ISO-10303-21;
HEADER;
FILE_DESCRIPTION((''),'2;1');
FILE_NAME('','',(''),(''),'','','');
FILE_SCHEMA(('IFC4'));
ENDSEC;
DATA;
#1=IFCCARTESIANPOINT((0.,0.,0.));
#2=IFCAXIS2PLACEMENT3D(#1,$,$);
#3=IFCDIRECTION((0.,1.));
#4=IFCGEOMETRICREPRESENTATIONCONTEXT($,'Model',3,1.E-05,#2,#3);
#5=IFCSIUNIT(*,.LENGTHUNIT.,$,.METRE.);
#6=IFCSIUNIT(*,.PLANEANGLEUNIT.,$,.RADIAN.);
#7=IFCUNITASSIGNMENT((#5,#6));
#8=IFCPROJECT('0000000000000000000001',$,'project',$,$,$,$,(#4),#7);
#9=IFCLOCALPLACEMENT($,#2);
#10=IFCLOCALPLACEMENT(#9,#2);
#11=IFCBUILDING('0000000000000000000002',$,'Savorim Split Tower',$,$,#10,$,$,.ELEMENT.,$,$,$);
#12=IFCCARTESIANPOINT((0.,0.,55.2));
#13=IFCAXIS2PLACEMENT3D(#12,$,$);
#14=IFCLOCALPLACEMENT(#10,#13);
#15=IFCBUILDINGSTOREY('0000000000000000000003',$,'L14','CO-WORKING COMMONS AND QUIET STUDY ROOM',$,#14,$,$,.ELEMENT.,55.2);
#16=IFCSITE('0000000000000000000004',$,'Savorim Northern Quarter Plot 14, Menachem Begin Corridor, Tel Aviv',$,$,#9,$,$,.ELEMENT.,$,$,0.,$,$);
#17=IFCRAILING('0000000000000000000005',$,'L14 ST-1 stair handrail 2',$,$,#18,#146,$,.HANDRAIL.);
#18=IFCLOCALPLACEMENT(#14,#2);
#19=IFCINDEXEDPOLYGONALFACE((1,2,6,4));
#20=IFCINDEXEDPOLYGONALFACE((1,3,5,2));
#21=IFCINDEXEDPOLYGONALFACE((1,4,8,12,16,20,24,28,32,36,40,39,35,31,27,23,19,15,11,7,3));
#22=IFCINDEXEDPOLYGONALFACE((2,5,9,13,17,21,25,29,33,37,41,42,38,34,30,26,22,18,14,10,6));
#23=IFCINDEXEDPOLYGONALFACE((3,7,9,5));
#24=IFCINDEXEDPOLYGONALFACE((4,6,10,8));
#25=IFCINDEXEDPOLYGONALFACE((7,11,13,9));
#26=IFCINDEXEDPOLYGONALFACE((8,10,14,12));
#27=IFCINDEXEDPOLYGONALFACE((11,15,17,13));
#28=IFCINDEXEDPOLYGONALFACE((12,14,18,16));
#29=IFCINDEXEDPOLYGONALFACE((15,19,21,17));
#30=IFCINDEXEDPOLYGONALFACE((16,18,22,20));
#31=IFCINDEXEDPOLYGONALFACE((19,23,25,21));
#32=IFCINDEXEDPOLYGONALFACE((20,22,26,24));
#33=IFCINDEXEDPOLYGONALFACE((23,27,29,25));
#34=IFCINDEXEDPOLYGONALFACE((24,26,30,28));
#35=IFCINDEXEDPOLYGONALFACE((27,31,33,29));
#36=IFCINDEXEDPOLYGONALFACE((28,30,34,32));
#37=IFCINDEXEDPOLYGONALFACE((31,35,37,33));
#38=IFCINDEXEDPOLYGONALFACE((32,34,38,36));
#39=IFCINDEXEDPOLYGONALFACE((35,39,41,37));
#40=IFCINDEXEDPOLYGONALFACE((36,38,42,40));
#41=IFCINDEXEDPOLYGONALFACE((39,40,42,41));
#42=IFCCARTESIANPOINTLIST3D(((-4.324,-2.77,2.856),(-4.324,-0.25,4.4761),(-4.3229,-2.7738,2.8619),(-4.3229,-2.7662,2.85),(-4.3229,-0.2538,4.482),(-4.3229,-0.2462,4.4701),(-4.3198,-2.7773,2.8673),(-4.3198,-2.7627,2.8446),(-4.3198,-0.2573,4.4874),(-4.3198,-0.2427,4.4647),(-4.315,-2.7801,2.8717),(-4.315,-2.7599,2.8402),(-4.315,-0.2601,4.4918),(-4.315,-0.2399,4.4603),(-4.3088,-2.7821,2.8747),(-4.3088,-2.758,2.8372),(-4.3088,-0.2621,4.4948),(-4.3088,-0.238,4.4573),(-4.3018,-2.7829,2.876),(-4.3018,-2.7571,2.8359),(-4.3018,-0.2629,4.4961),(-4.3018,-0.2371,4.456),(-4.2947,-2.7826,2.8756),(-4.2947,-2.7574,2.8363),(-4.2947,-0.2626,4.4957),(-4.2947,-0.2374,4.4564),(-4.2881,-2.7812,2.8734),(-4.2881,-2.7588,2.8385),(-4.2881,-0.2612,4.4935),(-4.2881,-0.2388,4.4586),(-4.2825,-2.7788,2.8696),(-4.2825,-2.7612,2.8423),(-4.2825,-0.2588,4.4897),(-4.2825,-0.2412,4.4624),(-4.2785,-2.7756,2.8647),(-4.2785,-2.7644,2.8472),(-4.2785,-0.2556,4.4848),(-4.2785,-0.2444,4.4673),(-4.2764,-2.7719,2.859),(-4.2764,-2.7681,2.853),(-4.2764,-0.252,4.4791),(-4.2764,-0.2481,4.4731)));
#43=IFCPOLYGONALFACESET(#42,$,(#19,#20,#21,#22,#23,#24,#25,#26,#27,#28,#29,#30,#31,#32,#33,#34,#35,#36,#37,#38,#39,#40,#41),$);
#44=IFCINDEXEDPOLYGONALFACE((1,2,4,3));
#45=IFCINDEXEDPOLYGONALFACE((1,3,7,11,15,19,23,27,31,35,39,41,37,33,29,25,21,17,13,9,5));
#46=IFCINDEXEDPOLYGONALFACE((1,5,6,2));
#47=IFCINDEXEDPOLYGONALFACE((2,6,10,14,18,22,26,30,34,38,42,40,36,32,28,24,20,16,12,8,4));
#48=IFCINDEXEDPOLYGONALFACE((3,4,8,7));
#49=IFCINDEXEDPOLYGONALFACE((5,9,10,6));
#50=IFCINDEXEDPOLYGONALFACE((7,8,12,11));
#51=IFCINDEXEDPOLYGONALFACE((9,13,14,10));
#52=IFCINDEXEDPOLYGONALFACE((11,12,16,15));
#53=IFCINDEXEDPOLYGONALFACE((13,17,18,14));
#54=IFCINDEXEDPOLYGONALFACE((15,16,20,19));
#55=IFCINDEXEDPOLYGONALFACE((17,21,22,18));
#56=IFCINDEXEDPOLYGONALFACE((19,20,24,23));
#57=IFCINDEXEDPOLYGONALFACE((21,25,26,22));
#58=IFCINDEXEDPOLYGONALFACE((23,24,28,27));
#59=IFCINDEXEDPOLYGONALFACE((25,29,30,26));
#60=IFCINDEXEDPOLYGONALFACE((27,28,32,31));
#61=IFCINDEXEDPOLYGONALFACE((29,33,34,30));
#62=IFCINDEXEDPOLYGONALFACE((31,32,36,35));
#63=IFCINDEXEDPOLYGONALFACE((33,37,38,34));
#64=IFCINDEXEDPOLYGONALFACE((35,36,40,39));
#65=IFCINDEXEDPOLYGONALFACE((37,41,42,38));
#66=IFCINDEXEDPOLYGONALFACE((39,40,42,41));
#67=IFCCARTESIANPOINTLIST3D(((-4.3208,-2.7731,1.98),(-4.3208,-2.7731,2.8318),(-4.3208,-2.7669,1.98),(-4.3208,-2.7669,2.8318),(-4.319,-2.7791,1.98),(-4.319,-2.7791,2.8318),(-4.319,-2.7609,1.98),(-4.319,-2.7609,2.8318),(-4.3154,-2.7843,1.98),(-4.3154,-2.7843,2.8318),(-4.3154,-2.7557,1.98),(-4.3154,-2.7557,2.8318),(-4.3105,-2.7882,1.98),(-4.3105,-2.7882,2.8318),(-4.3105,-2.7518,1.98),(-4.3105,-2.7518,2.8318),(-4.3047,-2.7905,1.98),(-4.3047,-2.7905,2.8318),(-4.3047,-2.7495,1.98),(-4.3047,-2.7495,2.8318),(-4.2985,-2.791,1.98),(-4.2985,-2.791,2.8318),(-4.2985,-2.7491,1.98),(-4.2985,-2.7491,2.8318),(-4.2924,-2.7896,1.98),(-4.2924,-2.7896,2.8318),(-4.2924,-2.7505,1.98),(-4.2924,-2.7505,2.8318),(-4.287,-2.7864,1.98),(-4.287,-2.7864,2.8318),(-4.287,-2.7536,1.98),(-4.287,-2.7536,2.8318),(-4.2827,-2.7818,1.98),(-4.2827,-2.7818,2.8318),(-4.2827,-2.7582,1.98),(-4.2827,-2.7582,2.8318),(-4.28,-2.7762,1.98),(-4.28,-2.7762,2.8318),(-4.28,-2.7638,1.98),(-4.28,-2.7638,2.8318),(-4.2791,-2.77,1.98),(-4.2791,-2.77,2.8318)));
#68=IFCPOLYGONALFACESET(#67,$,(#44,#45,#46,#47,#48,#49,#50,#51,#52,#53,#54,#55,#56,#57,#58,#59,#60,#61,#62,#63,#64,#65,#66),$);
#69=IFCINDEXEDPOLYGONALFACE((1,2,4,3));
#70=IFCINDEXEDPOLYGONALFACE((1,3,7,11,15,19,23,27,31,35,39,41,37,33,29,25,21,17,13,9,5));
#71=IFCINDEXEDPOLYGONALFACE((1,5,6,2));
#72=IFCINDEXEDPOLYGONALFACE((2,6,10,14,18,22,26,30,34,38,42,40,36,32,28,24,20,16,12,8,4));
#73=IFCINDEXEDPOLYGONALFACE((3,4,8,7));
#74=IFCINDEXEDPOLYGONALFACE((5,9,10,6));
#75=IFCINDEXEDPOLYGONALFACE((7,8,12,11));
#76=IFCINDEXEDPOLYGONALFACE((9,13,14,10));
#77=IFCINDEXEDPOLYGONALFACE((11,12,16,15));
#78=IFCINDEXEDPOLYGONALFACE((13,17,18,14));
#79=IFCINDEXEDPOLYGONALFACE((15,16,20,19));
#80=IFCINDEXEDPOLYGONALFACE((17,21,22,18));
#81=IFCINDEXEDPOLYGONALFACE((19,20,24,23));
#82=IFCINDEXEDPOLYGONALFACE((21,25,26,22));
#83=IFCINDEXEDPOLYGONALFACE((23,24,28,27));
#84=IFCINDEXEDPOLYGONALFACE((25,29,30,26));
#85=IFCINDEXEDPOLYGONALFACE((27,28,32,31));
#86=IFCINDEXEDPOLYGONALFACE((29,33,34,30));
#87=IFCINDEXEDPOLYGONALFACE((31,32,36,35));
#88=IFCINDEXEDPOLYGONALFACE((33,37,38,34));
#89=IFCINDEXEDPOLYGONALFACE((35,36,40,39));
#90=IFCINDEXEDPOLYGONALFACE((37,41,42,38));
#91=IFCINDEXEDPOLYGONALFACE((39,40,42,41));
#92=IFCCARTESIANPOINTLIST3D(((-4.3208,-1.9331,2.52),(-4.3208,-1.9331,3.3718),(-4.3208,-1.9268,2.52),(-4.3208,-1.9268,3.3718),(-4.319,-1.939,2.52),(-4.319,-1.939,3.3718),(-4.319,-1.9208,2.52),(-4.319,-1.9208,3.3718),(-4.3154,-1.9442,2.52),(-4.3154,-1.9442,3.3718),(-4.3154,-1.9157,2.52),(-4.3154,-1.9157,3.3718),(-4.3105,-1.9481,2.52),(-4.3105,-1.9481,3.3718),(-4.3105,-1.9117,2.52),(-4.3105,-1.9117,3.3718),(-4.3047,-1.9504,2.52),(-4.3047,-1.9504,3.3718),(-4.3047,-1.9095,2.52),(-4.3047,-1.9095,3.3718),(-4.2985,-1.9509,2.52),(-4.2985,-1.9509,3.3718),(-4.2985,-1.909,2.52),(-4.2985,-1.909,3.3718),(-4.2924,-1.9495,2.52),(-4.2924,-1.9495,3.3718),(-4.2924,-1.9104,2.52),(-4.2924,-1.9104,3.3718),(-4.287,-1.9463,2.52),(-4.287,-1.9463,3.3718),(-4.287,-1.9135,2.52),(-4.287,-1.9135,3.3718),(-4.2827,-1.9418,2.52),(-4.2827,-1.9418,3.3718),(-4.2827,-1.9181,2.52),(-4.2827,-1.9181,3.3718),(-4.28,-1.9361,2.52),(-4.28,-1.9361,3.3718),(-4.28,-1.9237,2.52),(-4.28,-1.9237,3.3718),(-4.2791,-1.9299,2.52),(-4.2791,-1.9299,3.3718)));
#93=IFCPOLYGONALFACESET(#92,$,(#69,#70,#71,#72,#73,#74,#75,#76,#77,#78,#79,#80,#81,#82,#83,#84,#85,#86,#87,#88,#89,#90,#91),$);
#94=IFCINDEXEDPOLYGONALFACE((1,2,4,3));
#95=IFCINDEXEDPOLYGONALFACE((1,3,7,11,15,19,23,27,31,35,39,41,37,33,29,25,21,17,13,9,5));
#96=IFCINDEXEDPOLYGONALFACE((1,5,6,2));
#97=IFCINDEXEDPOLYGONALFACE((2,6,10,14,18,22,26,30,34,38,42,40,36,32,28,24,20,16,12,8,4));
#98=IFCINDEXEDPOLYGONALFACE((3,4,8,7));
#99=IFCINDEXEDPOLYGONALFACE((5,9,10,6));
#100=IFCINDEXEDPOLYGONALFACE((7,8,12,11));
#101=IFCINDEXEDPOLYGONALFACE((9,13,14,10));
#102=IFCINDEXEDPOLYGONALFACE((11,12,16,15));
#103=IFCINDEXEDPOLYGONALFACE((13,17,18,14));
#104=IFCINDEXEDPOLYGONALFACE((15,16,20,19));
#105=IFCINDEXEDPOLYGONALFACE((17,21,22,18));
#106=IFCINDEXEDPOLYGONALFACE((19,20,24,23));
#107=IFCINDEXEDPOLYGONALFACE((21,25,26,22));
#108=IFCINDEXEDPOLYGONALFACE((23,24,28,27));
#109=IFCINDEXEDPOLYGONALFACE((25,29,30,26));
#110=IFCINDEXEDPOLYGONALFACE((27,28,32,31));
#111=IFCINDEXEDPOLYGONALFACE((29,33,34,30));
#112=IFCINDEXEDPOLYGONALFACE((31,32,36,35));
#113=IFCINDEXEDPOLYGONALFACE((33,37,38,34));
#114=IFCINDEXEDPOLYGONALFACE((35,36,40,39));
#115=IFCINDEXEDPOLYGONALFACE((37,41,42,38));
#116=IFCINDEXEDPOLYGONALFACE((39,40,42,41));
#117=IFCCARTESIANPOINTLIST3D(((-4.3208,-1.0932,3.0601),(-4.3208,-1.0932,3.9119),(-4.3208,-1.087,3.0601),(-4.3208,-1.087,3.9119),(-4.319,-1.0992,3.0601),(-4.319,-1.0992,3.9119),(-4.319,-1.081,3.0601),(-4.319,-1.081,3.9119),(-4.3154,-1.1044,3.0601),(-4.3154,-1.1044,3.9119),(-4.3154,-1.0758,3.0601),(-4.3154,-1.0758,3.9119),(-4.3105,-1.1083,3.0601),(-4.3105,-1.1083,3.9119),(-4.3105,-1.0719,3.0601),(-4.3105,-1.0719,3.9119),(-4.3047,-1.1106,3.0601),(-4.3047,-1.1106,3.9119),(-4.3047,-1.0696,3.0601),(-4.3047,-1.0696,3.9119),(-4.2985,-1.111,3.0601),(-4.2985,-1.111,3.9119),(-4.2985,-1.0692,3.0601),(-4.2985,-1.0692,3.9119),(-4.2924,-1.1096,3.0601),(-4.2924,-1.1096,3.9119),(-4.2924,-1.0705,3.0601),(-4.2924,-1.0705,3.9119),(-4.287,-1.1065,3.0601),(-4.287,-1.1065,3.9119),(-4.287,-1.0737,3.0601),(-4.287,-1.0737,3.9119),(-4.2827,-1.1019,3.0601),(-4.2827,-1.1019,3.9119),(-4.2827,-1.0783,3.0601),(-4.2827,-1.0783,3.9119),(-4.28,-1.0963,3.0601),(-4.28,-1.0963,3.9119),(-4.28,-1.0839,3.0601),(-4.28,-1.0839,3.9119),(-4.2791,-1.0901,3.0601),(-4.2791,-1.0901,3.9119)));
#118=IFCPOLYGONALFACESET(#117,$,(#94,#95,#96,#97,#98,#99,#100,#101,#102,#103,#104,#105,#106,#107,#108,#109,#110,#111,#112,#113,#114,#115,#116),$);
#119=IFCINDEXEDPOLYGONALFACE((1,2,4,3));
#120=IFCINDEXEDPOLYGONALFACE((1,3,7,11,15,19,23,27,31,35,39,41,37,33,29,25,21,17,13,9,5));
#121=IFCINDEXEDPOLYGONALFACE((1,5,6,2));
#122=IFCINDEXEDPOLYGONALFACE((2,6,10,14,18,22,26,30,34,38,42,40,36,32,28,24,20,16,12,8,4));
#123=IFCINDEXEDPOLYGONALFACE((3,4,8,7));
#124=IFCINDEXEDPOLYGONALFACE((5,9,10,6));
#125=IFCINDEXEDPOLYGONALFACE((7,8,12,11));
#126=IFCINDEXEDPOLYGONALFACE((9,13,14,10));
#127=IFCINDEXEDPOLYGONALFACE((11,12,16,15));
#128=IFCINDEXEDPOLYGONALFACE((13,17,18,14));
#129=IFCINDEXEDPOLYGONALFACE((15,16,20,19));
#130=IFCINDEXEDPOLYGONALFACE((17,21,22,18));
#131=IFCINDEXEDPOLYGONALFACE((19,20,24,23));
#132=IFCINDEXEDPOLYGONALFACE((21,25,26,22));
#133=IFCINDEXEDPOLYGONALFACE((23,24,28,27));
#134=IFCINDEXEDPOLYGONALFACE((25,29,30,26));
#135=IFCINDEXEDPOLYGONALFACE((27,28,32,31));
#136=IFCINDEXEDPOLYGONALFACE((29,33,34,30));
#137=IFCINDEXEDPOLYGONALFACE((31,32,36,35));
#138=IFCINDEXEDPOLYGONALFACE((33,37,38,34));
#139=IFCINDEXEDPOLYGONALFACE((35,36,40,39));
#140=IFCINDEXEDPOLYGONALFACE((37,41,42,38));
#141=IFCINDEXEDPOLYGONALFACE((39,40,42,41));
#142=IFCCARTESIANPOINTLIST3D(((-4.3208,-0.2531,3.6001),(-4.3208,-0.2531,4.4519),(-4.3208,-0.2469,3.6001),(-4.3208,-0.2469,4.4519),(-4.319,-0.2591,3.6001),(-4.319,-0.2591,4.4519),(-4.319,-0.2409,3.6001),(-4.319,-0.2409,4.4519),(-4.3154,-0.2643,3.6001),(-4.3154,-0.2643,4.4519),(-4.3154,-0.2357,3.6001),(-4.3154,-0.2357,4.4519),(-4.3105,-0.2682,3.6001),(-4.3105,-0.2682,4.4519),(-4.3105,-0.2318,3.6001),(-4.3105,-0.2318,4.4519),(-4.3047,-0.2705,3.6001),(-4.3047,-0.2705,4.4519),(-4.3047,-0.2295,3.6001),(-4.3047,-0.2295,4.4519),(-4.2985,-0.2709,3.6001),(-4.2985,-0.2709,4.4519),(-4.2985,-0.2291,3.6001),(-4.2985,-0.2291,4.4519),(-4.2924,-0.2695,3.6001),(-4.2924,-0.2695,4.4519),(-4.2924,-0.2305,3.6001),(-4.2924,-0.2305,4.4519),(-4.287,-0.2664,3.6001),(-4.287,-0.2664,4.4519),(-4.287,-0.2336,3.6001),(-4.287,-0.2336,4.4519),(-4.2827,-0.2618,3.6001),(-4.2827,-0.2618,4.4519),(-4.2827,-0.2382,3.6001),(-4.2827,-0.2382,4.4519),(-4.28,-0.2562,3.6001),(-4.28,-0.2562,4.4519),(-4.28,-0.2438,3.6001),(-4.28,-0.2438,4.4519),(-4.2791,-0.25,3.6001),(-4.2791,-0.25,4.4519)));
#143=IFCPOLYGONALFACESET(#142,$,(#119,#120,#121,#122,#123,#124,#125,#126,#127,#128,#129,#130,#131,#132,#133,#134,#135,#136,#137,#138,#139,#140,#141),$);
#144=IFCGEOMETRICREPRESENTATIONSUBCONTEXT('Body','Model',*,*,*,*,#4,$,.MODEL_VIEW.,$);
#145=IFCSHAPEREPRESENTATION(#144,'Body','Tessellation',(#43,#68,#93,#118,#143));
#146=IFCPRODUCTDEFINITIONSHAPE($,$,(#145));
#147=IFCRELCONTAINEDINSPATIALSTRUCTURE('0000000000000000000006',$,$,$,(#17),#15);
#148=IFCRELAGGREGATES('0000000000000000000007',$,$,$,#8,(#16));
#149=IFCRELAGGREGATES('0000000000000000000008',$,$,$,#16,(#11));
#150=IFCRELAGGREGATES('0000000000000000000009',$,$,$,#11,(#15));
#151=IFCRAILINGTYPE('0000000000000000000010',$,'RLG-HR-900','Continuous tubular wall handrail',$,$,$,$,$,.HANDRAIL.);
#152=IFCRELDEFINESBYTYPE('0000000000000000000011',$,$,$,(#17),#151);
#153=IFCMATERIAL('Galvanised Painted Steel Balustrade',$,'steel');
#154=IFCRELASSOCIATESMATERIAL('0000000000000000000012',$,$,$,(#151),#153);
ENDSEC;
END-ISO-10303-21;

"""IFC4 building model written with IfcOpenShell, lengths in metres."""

from ifc_helpers import new_model, si_unit, direction, frame, origin, origin_2d, place, context, subcontext, project, spatial, circle, extrude, material, type_object, element, save


model = new_model("IFC4")

# Units and contexts
model_context = context("Model", 3, precision=1e-05, world=origin(), true_north=direction((0.0, 1.0)))
body_context = subcontext(model_context, "Body", "Model", "MODEL_VIEW")
ifc_project = project(units=[si_unit("LENGTHUNIT", "METRE"), si_unit("PLANEANGLEUNIT", "RADIAN")], contexts=[model_context])

# Site, building, storey
site_placement = place(None, origin())
site = spatial("IfcSite", under=ifc_project, at=site_placement, Name="Savorim Northern Quarter Plot 14, Menachem Begin Corridor, Tel Aviv", CompositionType="ELEMENT", RefElevation=0.0)
building_placement = place(site_placement, origin())
building = spatial("IfcBuilding", under=site, at=building_placement, Name="Savorim Split Tower", CompositionType="ELEMENT")
storey_placement = place(building_placement, frame((0.0, 0.0, 55.2)))
storey = spatial("IfcBuildingStorey", under=building, at=storey_placement, Name="L14", Description="CO-WORKING COMMONS AND QUIET STUDY ROOM", CompositionType="ELEMENT", Elevation=55.2)

# Railing
ifc_material_1 = material(Name="Galvanised Painted Steel Balustrade", Category="steel")
railing_type_1 = type_object("IfcRailingType", Name="RLG-HR-900", Description="Continuous tubular wall handrail", PredefinedType="HANDRAIL", material=ifc_material_1)
railing_1_placement = place(storey_placement, frame((-4.3, -2.77, 1.98)))
element("IfcRailing", 1, at=railing_1_placement, inside=storey, type_object=railing_type_1, Name="L14 ST-1 stair handrail 2", PredefinedType="HANDRAIL", context=body_context, shape_type="SweptSolid", body=[
    extrude(circle(Radius=0.0239, at=origin_2d()), frame((0.0, 0.0, 0.876), z_axis=(0.0, 0.841163, 0.540782), x_axis=(-1.0, 0.0, 0.0)), (0.0, 0.0, 1.0), 2.9958),
    extrude(circle(Radius=0.021, at=origin_2d()), origin(), (0.0, 0.0, 1.0), 0.8518),
    extrude(circle(Radius=0.021, at=origin_2d()), frame((0.0, 0.8401, 0.54)), (0.0, 0.0, 1.0), 0.8518),
    extrude(circle(Radius=0.021, at=origin_2d()), frame((0.0, 1.6799, 1.0801)), (0.0, 0.0, 1.0), 0.8518),
    extrude(circle(Radius=0.021, at=origin_2d()), frame((0.0, 2.52, 1.6201)), (0.0, 0.0, 1.0), 0.8518),
])

save(model, "model.ifc")
